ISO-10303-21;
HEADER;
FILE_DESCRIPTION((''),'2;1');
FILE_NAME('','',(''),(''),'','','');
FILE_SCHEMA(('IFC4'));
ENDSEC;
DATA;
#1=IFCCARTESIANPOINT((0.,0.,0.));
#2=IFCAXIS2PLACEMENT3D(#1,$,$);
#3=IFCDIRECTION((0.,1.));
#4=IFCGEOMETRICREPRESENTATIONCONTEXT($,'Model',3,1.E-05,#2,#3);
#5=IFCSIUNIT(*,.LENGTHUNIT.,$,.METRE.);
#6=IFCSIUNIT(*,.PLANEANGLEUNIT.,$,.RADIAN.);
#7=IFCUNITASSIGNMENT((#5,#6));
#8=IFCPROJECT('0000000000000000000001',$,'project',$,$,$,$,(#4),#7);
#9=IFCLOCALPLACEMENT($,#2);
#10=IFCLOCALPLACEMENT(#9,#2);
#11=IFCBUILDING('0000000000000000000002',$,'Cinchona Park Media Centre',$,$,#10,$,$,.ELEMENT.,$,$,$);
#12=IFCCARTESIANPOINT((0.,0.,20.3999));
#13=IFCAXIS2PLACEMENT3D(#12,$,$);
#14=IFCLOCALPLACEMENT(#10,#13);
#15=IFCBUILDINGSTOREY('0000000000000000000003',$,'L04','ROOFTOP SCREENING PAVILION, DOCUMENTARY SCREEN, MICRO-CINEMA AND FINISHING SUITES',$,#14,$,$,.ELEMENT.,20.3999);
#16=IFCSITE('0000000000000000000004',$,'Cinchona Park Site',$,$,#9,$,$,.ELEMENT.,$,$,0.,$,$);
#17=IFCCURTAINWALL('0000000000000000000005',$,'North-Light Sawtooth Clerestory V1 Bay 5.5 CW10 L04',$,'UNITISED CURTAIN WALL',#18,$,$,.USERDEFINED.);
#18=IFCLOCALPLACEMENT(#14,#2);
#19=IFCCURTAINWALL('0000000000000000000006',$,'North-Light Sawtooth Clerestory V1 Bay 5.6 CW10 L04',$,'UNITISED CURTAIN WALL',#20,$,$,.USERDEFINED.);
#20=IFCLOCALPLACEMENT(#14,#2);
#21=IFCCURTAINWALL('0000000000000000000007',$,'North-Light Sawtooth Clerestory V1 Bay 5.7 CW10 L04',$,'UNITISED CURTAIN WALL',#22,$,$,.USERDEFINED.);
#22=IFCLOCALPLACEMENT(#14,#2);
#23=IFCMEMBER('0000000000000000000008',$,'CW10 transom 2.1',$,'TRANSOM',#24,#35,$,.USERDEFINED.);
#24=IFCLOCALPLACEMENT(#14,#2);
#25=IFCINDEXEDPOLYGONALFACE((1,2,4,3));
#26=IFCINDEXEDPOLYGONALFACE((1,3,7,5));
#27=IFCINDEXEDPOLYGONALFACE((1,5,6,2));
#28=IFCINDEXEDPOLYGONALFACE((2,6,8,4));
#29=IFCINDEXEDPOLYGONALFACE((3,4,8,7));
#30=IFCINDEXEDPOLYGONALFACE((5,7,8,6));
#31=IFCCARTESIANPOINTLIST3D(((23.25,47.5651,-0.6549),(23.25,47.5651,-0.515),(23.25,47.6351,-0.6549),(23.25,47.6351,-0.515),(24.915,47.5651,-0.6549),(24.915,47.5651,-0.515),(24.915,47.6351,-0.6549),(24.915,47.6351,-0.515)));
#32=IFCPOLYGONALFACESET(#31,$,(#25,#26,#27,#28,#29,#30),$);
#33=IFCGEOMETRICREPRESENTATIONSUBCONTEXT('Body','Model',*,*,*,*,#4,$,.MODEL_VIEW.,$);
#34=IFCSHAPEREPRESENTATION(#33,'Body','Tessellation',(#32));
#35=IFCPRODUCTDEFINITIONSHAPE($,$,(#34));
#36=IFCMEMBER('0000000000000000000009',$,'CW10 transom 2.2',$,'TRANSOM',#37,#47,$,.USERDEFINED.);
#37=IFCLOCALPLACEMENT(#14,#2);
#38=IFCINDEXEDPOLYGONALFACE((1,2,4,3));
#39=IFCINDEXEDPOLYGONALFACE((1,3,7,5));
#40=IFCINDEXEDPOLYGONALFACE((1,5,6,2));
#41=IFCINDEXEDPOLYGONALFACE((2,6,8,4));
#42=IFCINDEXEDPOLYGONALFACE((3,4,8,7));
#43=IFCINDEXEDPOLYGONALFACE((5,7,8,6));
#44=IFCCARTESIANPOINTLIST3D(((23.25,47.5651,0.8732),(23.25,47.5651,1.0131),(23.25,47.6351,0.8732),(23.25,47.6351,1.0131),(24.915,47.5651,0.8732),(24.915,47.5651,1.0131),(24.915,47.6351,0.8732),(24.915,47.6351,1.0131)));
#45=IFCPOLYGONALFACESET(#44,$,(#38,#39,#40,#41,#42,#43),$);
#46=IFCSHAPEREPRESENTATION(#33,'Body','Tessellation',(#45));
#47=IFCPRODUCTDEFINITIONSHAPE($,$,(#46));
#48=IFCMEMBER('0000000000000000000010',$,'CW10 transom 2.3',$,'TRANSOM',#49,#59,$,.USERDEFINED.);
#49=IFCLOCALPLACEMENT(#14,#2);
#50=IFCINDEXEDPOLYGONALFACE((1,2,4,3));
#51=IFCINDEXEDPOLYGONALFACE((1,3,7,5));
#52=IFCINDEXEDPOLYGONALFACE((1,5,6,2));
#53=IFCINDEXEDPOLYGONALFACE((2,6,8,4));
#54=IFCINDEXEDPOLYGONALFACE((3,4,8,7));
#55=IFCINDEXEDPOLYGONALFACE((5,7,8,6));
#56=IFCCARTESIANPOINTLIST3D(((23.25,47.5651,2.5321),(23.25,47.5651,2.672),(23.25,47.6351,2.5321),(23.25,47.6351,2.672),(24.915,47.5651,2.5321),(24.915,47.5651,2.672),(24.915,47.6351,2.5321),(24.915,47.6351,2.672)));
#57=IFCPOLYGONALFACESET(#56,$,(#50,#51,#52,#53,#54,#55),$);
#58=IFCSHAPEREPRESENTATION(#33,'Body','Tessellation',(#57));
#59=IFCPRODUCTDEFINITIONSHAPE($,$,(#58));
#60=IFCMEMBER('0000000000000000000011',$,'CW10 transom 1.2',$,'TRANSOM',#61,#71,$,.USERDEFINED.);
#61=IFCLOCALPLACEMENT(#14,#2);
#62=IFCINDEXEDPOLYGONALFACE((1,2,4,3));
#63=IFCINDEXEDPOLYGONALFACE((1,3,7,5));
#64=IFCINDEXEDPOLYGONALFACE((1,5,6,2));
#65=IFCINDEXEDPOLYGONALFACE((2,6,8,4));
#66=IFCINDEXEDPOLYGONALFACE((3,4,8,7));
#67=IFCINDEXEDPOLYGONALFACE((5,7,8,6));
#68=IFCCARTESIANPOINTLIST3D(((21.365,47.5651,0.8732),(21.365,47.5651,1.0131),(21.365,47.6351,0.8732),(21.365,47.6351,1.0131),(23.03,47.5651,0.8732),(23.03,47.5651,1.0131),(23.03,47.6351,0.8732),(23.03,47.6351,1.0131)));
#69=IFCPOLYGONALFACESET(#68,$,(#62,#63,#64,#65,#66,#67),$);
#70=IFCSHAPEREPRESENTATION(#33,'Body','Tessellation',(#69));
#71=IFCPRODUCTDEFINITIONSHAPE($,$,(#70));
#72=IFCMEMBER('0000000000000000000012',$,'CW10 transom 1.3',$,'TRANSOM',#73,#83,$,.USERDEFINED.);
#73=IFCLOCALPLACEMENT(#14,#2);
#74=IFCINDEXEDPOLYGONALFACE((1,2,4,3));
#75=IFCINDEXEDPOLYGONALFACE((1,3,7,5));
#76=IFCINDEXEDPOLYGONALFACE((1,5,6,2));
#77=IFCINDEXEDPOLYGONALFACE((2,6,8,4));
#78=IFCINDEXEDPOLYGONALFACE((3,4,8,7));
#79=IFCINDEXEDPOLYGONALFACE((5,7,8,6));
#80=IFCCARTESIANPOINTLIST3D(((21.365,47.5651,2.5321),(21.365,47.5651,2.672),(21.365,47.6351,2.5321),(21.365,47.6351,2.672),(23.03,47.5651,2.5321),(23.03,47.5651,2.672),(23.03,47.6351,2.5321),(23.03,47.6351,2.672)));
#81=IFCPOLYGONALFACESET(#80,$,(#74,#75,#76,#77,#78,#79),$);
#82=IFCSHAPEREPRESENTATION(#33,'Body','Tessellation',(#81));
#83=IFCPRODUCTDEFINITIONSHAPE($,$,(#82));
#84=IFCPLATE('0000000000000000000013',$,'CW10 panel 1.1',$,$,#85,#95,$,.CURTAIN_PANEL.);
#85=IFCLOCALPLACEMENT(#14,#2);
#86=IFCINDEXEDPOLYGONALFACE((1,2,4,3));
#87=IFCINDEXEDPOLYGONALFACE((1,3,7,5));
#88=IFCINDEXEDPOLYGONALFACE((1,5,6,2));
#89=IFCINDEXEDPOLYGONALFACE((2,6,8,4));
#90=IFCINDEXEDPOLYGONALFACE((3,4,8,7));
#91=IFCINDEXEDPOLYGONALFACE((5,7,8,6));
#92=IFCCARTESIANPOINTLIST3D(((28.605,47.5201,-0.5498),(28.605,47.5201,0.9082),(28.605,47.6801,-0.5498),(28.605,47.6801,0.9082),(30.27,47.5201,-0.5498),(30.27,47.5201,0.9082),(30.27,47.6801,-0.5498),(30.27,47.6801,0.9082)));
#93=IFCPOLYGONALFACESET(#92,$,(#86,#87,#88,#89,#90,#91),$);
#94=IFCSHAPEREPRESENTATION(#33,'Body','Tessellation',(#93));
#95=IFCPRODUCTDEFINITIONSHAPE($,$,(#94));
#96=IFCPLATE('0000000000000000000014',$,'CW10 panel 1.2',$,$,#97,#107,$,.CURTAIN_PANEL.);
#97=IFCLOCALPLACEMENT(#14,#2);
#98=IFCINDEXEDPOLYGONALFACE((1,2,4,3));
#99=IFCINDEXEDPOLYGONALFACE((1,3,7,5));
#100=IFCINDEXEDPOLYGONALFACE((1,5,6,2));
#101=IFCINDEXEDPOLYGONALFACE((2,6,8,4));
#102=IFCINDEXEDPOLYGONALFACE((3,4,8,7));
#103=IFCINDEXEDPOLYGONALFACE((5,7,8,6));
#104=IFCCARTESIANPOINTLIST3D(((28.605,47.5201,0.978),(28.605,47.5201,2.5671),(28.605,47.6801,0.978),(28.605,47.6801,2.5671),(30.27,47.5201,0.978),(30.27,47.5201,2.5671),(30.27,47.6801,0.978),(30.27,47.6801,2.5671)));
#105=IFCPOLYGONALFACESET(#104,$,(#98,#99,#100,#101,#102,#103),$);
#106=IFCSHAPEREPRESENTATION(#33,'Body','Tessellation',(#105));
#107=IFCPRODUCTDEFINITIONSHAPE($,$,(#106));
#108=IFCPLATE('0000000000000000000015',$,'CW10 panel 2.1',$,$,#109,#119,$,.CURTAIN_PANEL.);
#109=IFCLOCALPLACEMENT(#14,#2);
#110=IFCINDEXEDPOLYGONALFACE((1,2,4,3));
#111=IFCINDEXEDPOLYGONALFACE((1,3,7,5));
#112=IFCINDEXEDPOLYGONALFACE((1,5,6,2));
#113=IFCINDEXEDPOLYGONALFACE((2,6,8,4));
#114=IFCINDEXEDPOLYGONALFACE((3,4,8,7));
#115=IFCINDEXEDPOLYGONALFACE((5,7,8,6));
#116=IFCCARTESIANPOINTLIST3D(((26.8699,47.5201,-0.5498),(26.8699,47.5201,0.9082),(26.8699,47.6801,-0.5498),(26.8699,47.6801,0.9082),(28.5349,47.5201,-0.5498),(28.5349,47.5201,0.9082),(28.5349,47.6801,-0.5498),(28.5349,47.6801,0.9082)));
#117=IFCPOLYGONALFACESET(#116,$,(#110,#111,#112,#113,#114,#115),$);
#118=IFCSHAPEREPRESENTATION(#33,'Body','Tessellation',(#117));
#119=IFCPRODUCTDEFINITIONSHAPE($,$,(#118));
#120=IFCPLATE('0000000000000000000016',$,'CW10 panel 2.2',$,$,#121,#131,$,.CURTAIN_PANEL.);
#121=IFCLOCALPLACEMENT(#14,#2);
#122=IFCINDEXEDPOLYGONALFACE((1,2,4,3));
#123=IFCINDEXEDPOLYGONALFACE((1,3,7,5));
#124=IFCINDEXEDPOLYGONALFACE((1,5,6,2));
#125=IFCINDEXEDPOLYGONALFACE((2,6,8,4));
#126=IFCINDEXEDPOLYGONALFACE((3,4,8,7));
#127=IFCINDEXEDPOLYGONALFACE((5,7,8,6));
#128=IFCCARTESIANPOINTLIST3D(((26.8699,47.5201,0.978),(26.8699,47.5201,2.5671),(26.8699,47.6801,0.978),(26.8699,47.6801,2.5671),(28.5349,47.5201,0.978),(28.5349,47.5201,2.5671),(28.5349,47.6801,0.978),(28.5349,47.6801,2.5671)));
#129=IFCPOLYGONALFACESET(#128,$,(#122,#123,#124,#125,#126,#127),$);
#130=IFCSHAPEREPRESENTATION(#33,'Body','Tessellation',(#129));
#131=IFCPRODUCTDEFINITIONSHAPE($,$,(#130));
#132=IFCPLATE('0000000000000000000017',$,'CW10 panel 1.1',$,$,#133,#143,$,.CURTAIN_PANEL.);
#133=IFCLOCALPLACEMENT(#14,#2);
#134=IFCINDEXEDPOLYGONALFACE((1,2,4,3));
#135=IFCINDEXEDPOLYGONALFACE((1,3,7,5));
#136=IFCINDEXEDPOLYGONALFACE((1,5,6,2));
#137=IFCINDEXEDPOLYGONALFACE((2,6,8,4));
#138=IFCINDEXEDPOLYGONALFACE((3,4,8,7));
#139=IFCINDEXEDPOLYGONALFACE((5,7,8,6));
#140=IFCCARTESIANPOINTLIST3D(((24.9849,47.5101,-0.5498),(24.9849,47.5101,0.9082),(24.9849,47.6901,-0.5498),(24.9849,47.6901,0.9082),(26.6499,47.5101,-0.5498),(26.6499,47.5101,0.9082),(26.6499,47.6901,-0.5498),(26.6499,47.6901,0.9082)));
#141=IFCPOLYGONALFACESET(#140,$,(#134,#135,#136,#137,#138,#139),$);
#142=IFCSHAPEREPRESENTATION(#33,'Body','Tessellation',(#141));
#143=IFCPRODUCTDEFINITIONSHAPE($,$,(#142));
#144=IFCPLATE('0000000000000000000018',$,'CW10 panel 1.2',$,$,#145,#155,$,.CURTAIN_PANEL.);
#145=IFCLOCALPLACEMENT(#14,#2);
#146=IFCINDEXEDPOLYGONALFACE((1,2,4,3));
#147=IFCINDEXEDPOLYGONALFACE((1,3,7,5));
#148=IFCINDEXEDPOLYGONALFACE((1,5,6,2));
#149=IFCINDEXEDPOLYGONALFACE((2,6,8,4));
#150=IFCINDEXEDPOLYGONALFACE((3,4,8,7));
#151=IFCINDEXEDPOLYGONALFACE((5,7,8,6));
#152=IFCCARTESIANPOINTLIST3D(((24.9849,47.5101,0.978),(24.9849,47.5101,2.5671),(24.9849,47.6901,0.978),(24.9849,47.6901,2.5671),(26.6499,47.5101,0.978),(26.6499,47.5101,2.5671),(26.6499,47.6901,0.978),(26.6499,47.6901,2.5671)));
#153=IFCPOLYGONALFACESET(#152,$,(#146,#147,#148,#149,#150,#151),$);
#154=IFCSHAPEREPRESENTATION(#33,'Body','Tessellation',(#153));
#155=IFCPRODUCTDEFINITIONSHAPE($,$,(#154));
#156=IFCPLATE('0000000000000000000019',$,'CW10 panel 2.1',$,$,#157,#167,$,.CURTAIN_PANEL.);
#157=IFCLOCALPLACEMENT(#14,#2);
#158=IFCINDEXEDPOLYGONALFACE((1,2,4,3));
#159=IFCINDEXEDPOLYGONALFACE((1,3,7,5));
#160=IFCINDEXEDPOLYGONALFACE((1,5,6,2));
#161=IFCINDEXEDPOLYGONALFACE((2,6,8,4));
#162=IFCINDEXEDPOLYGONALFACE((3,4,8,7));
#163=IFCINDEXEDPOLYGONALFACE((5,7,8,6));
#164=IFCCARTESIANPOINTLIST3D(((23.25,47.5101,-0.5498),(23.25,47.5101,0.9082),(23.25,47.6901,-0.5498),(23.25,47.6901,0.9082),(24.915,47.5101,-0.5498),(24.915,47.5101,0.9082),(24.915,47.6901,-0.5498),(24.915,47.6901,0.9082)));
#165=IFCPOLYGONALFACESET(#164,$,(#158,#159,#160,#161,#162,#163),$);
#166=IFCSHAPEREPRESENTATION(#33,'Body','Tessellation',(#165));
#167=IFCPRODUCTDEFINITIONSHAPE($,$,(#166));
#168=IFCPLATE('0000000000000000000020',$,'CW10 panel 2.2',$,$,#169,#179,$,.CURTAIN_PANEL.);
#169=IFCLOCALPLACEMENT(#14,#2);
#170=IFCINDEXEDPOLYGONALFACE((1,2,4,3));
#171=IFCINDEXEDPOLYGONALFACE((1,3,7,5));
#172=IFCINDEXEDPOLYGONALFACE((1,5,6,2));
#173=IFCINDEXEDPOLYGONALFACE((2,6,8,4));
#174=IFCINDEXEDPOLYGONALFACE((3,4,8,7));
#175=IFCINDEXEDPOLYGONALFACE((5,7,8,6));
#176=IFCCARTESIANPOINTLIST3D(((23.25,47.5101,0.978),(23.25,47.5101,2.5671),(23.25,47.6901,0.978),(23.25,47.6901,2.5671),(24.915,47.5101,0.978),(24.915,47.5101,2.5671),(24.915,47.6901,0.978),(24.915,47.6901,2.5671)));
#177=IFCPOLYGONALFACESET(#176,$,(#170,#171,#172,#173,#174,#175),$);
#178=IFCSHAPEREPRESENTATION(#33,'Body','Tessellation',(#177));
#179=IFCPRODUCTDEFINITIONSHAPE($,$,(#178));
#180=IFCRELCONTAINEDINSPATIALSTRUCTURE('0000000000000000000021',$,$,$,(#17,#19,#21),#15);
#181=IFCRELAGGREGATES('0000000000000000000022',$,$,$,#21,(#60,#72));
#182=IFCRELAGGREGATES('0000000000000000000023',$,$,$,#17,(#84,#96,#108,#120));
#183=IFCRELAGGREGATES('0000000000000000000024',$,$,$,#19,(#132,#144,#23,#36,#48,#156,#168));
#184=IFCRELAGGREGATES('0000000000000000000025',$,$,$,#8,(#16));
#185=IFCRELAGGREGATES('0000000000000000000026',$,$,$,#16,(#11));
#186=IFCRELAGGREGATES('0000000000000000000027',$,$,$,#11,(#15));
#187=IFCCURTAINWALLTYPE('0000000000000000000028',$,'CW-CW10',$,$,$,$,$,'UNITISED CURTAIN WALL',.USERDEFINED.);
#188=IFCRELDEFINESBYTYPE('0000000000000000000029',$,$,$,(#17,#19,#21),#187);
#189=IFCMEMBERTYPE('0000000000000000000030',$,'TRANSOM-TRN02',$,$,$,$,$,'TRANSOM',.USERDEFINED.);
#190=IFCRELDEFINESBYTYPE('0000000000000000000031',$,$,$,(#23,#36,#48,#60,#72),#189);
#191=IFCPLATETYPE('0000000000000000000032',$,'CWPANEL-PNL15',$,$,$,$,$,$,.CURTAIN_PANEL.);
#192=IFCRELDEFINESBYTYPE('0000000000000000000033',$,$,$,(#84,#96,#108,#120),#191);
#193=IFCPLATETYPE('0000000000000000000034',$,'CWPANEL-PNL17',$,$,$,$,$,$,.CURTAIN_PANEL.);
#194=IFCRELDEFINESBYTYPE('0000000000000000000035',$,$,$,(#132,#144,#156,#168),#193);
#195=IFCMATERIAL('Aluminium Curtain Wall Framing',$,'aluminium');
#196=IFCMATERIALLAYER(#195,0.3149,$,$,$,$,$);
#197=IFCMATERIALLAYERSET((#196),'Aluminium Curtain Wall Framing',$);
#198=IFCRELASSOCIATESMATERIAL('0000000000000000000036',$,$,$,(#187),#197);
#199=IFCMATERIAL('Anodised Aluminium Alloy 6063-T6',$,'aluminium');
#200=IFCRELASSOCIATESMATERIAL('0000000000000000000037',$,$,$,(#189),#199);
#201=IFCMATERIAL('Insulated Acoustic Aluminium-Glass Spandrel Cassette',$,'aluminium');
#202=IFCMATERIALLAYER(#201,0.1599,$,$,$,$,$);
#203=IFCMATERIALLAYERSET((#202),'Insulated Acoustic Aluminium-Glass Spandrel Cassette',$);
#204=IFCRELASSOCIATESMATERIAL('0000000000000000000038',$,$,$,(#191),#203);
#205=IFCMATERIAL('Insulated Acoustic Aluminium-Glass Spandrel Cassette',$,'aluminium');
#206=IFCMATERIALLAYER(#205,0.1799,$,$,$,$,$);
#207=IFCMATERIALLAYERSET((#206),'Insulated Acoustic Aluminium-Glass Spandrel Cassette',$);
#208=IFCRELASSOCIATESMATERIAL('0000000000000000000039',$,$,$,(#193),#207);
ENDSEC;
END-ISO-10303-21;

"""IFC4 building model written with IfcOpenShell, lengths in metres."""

from ifc_helpers import new_model, si_unit, direction, frame, origin, origin_2d, place, context, subcontext, project, spatial, rectangle, extrude, material, layer, layer_set, material_profile, profile_set, type_object, element, aggregate, save


model = new_model("IFC4")

# Units and contexts
model_context = context("Model", 3, precision=1e-05, world=origin(), true_north=direction((0.0, 1.0)))
body_context = subcontext(model_context, "Body", "Model", "MODEL_VIEW")
ifc_project = project(units=[si_unit("LENGTHUNIT", "METRE"), si_unit("PLANEANGLEUNIT", "RADIAN")], contexts=[model_context])

# Site, building, storey
site_placement = place(None, origin())
site = spatial("IfcSite", under=ifc_project, at=site_placement, Name="Cinchona Park Site", CompositionType="ELEMENT", RefElevation=0.0)
building_placement = place(site_placement, origin())
building = spatial("IfcBuilding", under=site, at=building_placement, Name="Cinchona Park Media Centre", CompositionType="ELEMENT")
storey_placement = place(building_placement, frame((0.0, 0.0, 20.3999)))
storey = spatial("IfcBuildingStorey", under=building, at=storey_placement, Name="L04", Description="ROOFTOP SCREENING PAVILION, DOCUMENTARY SCREEN, MICRO-CINEMA AND FINISHING SUITES", CompositionType="ELEMENT", Elevation=20.3999)

# Curtain walls
ifc_material_1 = material(Name="Aluminium Curtain Wall Framing", Category="aluminium")
ifc_layer_1 = layer(ifc_material_1, 0.3149)
ifc_layer_set_1 = layer_set([ifc_layer_1], Name="Aluminium Curtain Wall Framing")
curtain_wall_type = type_object("IfcCurtainWallType", Name="CW-CW10", ElementType="UNITISED CURTAIN WALL", PredefinedType="USERDEFINED", material=ifc_layer_set_1)
curtain_wall_1_placement = place(storey_placement, origin())
curtain_wall_1 = element("IfcCurtainWall", 1, at=curtain_wall_1_placement, inside=storey, type_object=curtain_wall_type, Name="North-Light Sawtooth Clerestory V1 Bay 5.5 CW10 L04", ObjectType="UNITISED CURTAIN WALL", PredefinedType="USERDEFINED")
curtain_wall_2_placement = place(storey_placement, origin())
curtain_wall_2 = element("IfcCurtainWall", 2, at=curtain_wall_2_placement, inside=storey, type_object=curtain_wall_type, Name="North-Light Sawtooth Clerestory V1 Bay 5.6 CW10 L04", ObjectType="UNITISED CURTAIN WALL", PredefinedType="USERDEFINED")

# Curtain wall
curtain_wall_3_placement = place(storey_placement, origin())
curtain_wall_3 = element("IfcCurtainWall", 3, at=curtain_wall_3_placement, inside=storey, type_object=curtain_wall_type, Name="North-Light Sawtooth Clerestory V1 Bay 5.7 CW10 L04", ObjectType="UNITISED CURTAIN WALL", PredefinedType="USERDEFINED")

# Shared definitions
ifc_material_2 = material(Name="Anodised Aluminium Alloy 6063-T6", Category="aluminium")
ifc_material_profile_1 = material_profile(ifc_material_2, rectangle(XDim=0.0701, YDim=0.1399, at=origin_2d()), Name="TRN-70X140")
ifc_profile_set_1 = profile_set([ifc_material_profile_1], Name="Anodised Aluminium Alloy 6063-T6")
member_type_1 = type_object("IfcMemberType", Name="TRANSOM-TRN02", ElementType="TRANSOM", PredefinedType="USERDEFINED", material=ifc_profile_set_1)

# Members
member_1_placement = place(storey_placement, frame((24.915, 47.6001, -0.585), z_axis=(-1.0, 0.0, 0.0), x_axis=(0.0, -1.0, 0.0)))
member_1 = element("IfcMember", 4, at=member_1_placement, type_object=member_type_1, Name="CW10 transom 2.1", ObjectType="TRANSOM", PredefinedType="USERDEFINED", context=body_context, shape_type="SweptSolid", body=[
    extrude(rectangle(XDim=0.0701, YDim=0.1399, at=origin_2d()), origin(), (0.0, 0.0, 1.0), 1.665),
])
member_2_placement = place(storey_placement, frame((24.915, 47.6001, 0.9431), z_axis=(-1.0, 0.0, 0.0), x_axis=(0.0, -1.0, 0.0)))
member_2 = element("IfcMember", 5, at=member_2_placement, type_object=member_type_1, Name="CW10 transom 2.2", ObjectType="TRANSOM", PredefinedType="USERDEFINED", context=body_context, shape_type="SweptSolid", body=[
    extrude(rectangle(XDim=0.0701, YDim=0.1399, at=origin_2d()), origin(), (0.0, 0.0, 1.0), 1.665),
])
member_3_placement = place(storey_placement, frame((24.915, 47.6001, 2.6021), z_axis=(-1.0, 0.0, 0.0), x_axis=(0.0, -1.0, 0.0)))
member_3 = element("IfcMember", 6, at=member_3_placement, type_object=member_type_1, Name="CW10 transom 2.3", ObjectType="TRANSOM", PredefinedType="USERDEFINED", context=body_context, shape_type="SweptSolid", body=[
    extrude(rectangle(XDim=0.0701, YDim=0.1399, at=origin_2d()), origin(), (0.0, 0.0, 1.0), 1.665),
])
member_4_placement = place(storey_placement, frame((23.03, 47.6001, 0.9431), z_axis=(-1.0, 0.0, 0.0), x_axis=(0.0, -1.0, 0.0)))
member_4 = element("IfcMember", 7, at=member_4_placement, type_object=member_type_1, Name="CW10 transom 1.2", ObjectType="TRANSOM", PredefinedType="USERDEFINED", context=body_context, shape_type="SweptSolid", body=[
    extrude(rectangle(XDim=0.0701, YDim=0.1399, at=origin_2d()), origin(), (0.0, 0.0, 1.0), 1.665),
])
member_5_placement = place(storey_placement, frame((23.03, 47.6001, 2.6021), z_axis=(-1.0, 0.0, 0.0), x_axis=(0.0, -1.0, 0.0)))
member_5 = element("IfcMember", 8, at=member_5_placement, type_object=member_type_1, Name="CW10 transom 1.3", ObjectType="TRANSOM", PredefinedType="USERDEFINED", context=body_context, shape_type="SweptSolid", body=[
    extrude(rectangle(XDim=0.0701, YDim=0.1399, at=origin_2d()), origin(), (0.0, 0.0, 1.0), 1.665),
])
aggregate(curtain_wall_3, [member_4, member_5])

# Plates
ifc_material_3 = material(Name="Insulated Acoustic Aluminium-Glass Spandrel Cassette", Category="aluminium")
ifc_layer_2 = layer(ifc_material_3, 0.1599)
ifc_layer_set_2 = layer_set([ifc_layer_2], Name="Insulated Acoustic Aluminium-Glass Spandrel Cassette")
plate_type_1 = type_object("IfcPlateType", Name="CWPANEL-PNL15", PredefinedType="CURTAIN_PANEL", material=ifc_layer_set_2)
plate_1_placement = place(storey_placement, frame((29.4375, 47.6001, -0.5498), z_axis=(0.0, 0.0, 1.0), x_axis=(-1.0, 0.0, 0.0)))
plate_1 = element("IfcPlate", 9, at=plate_1_placement, type_object=plate_type_1, Name="CW10 panel 1.1", PredefinedType="CURTAIN_PANEL", context=body_context, shape_type="SweptSolid", body=[
    extrude(rectangle(XDim=1.665, YDim=0.1599, at=origin_2d()), origin(), (0.0, 0.0, 1.0), 1.458),
])
plate_2_placement = place(storey_placement, frame((29.4375, 47.6001, 0.978), z_axis=(0.0, 0.0, 1.0), x_axis=(-1.0, 0.0, 0.0)))
plate_2 = element("IfcPlate", 10, at=plate_2_placement, type_object=plate_type_1, Name="CW10 panel 1.2", PredefinedType="CURTAIN_PANEL", context=body_context, shape_type="SweptSolid", body=[
    extrude(rectangle(XDim=1.665, YDim=0.1599, at=origin_2d()), origin(), (0.0, 0.0, 1.0), 1.5891),
])
plate_3_placement = place(storey_placement, frame((27.7024, 47.6001, -0.5498), z_axis=(0.0, 0.0, 1.0), x_axis=(-1.0, 0.0, 0.0)))
plate_3 = element("IfcPlate", 11, at=plate_3_placement, type_object=plate_type_1, Name="CW10 panel 2.1", PredefinedType="CURTAIN_PANEL", context=body_context, shape_type="SweptSolid", body=[
    extrude(rectangle(XDim=1.665, YDim=0.1599, at=origin_2d()), origin(), (0.0, 0.0, 1.0), 1.458),
])
plate_4_placement = place(storey_placement, frame((27.7024, 47.6001, 0.978), z_axis=(0.0, 0.0, 1.0), x_axis=(-1.0, 0.0, 0.0)))
plate_4 = element("IfcPlate", 12, at=plate_4_placement, type_object=plate_type_1, Name="CW10 panel 2.2", PredefinedType="CURTAIN_PANEL", context=body_context, shape_type="SweptSolid", body=[
    extrude(rectangle(XDim=1.665, YDim=0.1599, at=origin_2d()), origin(), (0.0, 0.0, 1.0), 1.5891),
])
aggregate(curtain_wall_1, [plate_1, plate_2, plate_3, plate_4])
ifc_material_4 = material(Name="Insulated Acoustic Aluminium-Glass Spandrel Cassette", Category="aluminium")
ifc_layer_3 = layer(ifc_material_4, 0.1799)
ifc_layer_set_3 = layer_set([ifc_layer_3], Name="Insulated Acoustic Aluminium-Glass Spandrel Cassette")
plate_type_2 = type_object("IfcPlateType", Name="CWPANEL-PNL17", PredefinedType="CURTAIN_PANEL", material=ifc_layer_set_3)
plate_5_placement = place(storey_placement, frame((25.8174, 47.6001, -0.5498), z_axis=(0.0, 0.0, 1.0), x_axis=(-1.0, 0.0, 0.0)))
plate_5 = element("IfcPlate", 13, at=plate_5_placement, type_object=plate_type_2, Name="CW10 panel 1.1", PredefinedType="CURTAIN_PANEL", context=body_context, shape_type="SweptSolid", body=[
    extrude(rectangle(XDim=1.665, YDim=0.1799, at=origin_2d()), origin(), (0.0, 0.0, 1.0), 1.458),
])
plate_6_placement = place(storey_placement, frame((25.8174, 47.6001, 0.978), z_axis=(0.0, 0.0, 1.0), x_axis=(-1.0, 0.0, 0.0)))
plate_6 = element("IfcPlate", 14, at=plate_6_placement, type_object=plate_type_2, Name="CW10 panel 1.2", PredefinedType="CURTAIN_PANEL", context=body_context, shape_type="SweptSolid", body=[
    extrude(rectangle(XDim=1.665, YDim=0.1799, at=origin_2d()), origin(), (0.0, 0.0, 1.0), 1.5891),
])
plate_7_placement = place(storey_placement, frame((24.0825, 47.6001, -0.5498), z_axis=(0.0, 0.0, 1.0), x_axis=(-1.0, 0.0, 0.0)))
plate_7 = element("IfcPlate", 15, at=plate_7_placement, type_object=plate_type_2, Name="CW10 panel 2.1", PredefinedType="CURTAIN_PANEL", context=body_context, shape_type="SweptSolid", body=[
    extrude(rectangle(XDim=1.665, YDim=0.1799, at=origin_2d()), origin(), (0.0, 0.0, 1.0), 1.458),
])
plate_8_placement = place(storey_placement, frame((24.0825, 47.6001, 0.978), z_axis=(0.0, 0.0, 1.0), x_axis=(-1.0, 0.0, 0.0)))
plate_8 = element("IfcPlate", 16, at=plate_8_placement, type_object=plate_type_2, Name="CW10 panel 2.2", PredefinedType="CURTAIN_PANEL", context=body_context, shape_type="SweptSolid", body=[
    extrude(rectangle(XDim=1.665, YDim=0.1799, at=origin_2d()), origin(), (0.0, 0.0, 1.0), 1.5891),
])
aggregate(curtain_wall_2, [plate_5, plate_6, member_1, member_2, member_3, plate_7, plate_8])

save(model, "model.ifc")
